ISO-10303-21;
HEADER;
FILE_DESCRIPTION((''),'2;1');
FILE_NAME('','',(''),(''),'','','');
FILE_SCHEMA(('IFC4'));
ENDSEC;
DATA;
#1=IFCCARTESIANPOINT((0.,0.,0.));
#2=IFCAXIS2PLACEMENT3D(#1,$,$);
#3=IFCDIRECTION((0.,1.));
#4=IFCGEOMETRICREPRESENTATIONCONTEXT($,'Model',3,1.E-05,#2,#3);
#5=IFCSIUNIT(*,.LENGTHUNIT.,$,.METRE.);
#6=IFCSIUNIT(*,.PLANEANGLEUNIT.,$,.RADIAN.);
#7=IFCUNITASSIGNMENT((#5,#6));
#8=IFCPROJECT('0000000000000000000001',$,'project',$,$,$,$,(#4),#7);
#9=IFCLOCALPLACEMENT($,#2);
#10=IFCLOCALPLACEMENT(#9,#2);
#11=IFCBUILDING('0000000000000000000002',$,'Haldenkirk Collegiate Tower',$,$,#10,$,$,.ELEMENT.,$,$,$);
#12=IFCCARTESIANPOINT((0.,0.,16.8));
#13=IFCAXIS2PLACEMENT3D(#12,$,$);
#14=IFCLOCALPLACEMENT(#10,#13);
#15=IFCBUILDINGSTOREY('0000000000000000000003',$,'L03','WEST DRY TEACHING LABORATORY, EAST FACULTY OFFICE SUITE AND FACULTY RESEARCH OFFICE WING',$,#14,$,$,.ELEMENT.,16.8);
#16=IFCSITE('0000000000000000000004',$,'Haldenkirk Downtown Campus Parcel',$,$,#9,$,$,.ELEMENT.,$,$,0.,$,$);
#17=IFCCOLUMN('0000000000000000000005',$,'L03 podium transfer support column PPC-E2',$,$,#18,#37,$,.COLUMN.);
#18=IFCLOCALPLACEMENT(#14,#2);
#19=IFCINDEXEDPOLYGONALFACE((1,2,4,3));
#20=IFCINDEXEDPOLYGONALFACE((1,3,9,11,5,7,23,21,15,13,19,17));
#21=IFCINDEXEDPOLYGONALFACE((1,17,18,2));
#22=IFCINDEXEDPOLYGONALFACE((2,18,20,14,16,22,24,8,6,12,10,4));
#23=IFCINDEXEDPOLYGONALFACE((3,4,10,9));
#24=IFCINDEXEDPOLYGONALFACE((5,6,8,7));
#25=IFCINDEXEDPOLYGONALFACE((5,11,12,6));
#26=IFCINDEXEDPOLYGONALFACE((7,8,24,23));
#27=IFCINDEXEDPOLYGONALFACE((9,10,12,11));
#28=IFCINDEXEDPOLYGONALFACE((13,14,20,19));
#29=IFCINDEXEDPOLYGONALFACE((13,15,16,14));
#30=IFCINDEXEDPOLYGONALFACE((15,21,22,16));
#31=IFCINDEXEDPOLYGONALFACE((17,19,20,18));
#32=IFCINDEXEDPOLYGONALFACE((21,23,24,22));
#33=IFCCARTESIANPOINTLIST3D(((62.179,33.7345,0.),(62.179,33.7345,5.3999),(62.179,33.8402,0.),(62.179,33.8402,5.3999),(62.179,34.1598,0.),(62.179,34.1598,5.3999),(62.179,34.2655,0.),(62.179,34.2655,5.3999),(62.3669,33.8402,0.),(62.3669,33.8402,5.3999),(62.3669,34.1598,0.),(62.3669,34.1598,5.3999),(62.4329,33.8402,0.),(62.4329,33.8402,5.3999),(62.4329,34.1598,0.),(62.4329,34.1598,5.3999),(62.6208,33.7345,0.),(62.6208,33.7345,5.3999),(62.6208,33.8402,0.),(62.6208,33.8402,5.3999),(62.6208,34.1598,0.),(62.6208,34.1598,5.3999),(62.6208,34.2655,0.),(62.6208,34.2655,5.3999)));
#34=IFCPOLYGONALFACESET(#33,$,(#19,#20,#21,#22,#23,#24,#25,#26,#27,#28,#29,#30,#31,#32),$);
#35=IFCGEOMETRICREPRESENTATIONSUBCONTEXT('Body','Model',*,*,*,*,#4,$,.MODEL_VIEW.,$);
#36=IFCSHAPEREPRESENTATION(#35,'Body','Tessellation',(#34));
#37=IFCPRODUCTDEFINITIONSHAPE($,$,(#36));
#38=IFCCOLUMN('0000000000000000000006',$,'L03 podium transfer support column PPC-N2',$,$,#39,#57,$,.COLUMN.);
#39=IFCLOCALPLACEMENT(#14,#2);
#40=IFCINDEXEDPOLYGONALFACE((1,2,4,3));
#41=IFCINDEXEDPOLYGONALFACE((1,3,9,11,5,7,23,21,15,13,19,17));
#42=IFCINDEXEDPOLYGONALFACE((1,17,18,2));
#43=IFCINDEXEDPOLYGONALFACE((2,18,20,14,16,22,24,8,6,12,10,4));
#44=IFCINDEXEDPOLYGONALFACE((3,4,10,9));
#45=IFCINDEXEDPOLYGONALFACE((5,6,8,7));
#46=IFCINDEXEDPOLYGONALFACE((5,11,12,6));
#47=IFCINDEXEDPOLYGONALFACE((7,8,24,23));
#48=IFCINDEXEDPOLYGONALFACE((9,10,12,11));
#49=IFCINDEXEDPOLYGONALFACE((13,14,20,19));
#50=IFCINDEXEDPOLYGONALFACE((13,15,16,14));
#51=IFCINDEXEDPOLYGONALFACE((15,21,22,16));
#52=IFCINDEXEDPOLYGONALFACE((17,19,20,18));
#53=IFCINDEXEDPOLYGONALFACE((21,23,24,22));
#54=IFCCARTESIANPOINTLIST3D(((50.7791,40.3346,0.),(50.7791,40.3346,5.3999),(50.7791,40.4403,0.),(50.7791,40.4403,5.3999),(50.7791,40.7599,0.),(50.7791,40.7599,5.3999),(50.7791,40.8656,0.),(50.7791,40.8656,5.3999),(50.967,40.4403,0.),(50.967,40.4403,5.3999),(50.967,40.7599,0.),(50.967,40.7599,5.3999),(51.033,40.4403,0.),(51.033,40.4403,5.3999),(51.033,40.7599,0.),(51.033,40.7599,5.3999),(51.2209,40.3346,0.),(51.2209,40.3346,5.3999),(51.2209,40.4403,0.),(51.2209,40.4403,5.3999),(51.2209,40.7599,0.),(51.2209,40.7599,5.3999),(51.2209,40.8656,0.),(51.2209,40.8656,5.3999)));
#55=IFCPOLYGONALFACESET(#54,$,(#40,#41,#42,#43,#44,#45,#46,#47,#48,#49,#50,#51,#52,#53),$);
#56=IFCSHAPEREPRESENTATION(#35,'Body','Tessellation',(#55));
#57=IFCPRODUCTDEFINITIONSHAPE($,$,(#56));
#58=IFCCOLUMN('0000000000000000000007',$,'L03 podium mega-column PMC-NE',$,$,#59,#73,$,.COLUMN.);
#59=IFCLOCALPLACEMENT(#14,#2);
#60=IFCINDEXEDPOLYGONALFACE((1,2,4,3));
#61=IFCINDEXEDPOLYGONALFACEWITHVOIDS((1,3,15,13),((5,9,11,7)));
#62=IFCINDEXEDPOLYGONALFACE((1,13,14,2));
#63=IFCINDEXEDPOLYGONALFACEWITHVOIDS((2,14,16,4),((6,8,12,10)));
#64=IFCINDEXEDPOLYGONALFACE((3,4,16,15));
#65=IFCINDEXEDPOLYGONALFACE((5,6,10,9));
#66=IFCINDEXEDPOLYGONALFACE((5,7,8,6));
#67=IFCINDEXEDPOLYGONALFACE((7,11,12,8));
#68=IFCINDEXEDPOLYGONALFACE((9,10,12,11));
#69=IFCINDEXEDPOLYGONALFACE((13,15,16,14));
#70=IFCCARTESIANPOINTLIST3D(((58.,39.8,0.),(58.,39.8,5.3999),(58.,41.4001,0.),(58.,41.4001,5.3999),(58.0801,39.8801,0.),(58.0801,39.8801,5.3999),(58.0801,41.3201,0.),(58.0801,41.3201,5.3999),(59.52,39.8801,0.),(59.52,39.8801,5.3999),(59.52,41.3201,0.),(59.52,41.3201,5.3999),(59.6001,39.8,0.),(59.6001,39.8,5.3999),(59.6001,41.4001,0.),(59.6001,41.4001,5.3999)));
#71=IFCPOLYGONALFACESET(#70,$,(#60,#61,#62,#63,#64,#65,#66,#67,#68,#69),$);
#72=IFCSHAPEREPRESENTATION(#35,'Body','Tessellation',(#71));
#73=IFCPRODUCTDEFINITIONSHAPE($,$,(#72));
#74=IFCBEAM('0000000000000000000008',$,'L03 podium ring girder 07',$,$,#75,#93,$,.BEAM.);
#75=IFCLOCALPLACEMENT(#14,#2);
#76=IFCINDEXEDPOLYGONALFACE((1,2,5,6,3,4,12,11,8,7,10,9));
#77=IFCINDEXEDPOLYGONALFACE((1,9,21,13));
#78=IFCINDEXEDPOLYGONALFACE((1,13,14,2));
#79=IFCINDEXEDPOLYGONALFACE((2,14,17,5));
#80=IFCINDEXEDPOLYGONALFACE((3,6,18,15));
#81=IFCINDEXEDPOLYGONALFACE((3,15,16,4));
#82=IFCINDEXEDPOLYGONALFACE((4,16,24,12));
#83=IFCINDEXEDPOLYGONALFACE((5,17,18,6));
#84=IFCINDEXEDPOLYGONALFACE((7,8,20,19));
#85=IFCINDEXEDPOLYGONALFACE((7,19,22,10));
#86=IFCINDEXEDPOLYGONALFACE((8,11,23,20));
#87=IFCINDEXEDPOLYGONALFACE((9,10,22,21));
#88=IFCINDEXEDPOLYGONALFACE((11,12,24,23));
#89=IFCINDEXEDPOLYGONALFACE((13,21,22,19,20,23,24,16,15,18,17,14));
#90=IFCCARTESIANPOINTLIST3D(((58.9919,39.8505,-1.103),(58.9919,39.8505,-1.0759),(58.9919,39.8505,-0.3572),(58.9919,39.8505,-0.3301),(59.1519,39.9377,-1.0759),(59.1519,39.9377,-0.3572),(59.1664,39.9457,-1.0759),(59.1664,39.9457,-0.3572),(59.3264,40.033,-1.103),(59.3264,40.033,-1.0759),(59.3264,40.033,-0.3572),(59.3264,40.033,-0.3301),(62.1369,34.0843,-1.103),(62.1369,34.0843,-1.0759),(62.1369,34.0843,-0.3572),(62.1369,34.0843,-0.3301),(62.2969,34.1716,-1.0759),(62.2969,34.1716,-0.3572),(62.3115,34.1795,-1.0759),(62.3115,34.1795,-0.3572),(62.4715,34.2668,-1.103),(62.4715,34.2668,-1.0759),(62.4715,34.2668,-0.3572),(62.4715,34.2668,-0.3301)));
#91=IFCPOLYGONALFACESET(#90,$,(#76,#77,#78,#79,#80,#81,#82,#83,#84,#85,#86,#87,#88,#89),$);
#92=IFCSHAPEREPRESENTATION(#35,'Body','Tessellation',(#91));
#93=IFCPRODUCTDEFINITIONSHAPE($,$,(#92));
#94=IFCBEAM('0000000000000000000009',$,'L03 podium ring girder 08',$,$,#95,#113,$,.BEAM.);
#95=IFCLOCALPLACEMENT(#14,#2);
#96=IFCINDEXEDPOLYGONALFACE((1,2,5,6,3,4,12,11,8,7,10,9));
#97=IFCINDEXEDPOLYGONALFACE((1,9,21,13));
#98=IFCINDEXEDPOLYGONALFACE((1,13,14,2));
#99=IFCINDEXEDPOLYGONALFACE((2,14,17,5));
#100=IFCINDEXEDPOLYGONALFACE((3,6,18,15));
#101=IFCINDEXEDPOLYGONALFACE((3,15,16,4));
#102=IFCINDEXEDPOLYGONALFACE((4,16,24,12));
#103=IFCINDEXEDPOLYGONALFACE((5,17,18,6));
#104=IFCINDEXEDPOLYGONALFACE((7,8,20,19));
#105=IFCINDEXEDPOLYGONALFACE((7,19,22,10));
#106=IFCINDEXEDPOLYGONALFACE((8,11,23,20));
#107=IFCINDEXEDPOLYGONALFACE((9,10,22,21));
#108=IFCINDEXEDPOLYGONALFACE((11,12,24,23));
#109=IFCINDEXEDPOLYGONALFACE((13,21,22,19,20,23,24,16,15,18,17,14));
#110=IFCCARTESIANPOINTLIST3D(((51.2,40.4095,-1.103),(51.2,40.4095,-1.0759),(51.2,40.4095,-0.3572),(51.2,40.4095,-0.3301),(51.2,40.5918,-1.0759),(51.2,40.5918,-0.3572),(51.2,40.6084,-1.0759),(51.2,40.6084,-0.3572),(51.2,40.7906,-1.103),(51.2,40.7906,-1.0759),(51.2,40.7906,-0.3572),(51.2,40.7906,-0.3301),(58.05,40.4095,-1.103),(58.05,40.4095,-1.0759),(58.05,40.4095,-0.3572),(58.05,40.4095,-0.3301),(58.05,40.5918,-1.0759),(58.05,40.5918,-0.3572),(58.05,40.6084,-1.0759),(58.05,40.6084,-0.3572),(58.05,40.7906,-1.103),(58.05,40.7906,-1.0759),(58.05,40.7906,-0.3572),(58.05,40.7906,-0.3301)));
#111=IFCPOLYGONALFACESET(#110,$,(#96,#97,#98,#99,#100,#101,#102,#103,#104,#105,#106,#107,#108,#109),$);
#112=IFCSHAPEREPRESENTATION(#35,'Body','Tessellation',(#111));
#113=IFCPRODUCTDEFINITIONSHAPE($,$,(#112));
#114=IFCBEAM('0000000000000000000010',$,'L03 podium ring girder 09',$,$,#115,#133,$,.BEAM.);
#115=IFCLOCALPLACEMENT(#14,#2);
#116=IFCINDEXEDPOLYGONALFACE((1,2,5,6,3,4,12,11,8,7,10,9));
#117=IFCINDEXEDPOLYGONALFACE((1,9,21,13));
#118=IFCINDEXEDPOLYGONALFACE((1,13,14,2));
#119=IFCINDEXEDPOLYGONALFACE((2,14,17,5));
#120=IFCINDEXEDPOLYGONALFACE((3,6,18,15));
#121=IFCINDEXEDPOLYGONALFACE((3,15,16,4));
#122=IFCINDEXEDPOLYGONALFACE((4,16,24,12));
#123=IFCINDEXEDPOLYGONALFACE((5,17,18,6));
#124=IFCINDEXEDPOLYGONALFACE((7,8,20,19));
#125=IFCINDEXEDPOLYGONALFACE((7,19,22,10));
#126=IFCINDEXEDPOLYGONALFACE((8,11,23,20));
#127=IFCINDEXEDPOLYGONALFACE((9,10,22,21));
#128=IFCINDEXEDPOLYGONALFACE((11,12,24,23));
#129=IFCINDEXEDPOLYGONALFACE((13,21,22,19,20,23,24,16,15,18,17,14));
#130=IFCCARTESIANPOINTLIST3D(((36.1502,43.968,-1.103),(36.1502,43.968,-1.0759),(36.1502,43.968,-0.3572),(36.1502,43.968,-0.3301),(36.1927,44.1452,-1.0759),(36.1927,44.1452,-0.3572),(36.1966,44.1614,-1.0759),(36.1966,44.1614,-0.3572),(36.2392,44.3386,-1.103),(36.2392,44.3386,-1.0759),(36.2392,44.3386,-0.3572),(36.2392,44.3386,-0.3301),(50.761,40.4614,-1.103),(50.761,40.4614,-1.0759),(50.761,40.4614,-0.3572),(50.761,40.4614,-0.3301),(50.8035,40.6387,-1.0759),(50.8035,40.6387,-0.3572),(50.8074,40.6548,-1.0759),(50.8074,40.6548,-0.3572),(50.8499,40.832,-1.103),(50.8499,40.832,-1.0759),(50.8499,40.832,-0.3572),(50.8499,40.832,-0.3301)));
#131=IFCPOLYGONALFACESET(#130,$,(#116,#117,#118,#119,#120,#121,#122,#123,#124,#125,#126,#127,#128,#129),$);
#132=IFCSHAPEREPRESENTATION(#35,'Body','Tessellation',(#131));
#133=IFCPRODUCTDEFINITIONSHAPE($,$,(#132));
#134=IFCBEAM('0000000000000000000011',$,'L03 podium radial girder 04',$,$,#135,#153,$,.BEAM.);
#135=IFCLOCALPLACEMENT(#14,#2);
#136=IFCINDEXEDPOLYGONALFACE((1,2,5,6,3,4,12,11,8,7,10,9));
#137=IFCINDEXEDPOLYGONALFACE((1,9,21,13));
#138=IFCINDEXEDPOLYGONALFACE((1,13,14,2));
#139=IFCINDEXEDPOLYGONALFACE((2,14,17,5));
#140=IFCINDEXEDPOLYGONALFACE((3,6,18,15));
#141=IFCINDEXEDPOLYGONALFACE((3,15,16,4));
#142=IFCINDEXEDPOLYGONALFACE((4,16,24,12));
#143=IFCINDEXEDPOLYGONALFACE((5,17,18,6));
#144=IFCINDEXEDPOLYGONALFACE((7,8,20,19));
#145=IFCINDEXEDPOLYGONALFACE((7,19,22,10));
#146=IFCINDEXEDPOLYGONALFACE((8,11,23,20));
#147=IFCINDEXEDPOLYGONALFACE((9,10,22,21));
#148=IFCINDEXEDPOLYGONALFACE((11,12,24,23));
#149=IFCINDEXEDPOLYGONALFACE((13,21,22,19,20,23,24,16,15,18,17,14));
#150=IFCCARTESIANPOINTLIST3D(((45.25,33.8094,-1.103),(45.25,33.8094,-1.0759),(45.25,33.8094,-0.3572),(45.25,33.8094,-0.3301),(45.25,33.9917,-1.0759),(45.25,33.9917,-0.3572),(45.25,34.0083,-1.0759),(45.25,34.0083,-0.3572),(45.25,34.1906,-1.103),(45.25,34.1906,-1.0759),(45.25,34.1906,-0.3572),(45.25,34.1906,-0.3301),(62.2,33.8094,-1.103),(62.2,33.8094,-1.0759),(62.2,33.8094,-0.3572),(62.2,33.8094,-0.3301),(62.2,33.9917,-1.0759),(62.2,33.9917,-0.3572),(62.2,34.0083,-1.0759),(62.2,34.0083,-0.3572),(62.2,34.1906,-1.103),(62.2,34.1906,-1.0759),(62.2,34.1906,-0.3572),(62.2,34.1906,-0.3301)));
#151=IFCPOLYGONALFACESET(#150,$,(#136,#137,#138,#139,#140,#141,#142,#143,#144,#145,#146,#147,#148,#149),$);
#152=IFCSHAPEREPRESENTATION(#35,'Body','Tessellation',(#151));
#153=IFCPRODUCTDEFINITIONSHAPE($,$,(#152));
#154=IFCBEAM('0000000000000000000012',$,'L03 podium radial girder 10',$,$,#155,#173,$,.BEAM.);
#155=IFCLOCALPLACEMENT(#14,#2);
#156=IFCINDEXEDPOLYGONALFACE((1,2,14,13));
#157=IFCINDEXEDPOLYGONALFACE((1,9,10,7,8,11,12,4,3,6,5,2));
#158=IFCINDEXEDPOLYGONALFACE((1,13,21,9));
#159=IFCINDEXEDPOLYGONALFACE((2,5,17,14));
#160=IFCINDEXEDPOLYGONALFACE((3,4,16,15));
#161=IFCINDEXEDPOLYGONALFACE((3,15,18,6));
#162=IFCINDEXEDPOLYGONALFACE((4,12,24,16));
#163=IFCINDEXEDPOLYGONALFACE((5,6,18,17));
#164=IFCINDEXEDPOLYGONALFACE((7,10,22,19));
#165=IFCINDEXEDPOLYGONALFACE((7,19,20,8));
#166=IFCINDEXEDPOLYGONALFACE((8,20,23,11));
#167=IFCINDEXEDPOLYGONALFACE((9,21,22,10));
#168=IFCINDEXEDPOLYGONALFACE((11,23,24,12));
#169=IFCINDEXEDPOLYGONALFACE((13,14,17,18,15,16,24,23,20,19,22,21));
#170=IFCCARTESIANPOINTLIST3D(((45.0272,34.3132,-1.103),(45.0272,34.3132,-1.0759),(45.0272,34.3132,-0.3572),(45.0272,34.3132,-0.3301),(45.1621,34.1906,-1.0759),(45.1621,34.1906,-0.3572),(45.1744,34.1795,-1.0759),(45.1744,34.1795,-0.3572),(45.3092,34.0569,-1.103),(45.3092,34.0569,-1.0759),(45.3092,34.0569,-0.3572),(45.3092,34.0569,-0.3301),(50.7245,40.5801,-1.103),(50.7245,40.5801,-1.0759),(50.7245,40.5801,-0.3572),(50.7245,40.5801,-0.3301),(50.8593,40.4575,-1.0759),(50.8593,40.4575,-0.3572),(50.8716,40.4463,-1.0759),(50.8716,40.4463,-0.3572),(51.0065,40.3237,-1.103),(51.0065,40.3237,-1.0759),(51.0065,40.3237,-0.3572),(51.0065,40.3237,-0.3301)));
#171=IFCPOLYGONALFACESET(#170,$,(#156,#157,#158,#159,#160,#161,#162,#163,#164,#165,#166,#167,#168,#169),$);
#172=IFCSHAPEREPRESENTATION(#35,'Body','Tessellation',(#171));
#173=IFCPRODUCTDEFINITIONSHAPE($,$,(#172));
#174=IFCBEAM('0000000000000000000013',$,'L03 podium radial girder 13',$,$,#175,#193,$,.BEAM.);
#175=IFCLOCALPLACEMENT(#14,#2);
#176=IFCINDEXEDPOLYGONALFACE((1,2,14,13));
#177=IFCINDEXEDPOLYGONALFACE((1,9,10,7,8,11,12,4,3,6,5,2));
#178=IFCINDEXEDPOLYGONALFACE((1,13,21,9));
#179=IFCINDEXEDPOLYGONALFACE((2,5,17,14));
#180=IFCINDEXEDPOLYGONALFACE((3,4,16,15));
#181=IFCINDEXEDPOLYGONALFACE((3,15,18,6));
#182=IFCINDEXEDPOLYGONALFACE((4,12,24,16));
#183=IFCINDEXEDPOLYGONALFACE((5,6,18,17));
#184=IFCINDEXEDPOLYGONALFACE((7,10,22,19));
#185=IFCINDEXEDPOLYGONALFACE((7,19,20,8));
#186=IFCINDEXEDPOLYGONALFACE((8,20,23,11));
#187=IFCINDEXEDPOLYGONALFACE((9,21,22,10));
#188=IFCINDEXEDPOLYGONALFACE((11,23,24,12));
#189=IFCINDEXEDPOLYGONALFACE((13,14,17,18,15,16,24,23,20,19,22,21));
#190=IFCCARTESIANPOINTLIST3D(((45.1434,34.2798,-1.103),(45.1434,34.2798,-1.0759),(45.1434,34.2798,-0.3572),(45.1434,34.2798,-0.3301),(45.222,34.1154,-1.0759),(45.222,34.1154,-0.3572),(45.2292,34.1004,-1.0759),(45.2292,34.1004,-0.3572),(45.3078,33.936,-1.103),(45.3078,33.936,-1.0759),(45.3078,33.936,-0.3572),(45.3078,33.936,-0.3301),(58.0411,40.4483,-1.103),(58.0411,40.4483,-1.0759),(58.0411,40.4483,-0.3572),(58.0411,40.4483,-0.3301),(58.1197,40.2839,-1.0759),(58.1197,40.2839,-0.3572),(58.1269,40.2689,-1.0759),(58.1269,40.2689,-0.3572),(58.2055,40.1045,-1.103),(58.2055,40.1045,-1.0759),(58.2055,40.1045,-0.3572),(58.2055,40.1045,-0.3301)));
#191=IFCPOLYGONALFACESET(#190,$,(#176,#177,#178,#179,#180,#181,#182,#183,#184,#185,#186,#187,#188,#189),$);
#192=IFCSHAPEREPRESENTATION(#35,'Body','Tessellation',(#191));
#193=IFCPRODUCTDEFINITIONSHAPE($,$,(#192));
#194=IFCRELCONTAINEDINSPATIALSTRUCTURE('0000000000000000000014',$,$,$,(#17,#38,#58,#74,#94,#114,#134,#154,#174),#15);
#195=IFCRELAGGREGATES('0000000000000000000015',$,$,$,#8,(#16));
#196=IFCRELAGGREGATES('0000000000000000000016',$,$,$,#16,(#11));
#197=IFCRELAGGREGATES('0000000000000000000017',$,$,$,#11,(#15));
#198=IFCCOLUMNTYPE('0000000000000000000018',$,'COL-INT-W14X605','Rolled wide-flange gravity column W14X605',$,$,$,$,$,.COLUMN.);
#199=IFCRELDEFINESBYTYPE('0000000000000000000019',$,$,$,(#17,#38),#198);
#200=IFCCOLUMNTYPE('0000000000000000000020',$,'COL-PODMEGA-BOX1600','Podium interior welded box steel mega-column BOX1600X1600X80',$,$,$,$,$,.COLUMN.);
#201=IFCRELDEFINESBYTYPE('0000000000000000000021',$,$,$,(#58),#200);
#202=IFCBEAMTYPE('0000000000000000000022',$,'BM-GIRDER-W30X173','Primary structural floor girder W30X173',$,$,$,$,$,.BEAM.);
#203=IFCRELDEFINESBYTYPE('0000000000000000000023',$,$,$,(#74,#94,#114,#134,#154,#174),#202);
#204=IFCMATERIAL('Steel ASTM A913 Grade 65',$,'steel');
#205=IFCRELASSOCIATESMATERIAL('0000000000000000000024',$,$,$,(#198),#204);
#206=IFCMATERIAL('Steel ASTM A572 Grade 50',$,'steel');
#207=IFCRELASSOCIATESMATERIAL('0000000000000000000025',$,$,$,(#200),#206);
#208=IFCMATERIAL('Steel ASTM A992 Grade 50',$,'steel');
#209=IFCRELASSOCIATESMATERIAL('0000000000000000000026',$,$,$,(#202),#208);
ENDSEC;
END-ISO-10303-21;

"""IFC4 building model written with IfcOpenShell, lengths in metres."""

from ifc_helpers import new_model, si_unit, direction, frame, origin, origin_2d, place, context, subcontext, project, spatial, hollow_rectangle, i_section, extrude, material, material_profile, profile_set, type_object, element, save


model = new_model("IFC4")

# Units and contexts
model_context = context("Model", 3, precision=1e-05, world=origin(), true_north=direction((0.0, 1.0)))
body_context = subcontext(model_context, "Body", "Model", "MODEL_VIEW")
ifc_project = project(units=[si_unit("LENGTHUNIT", "METRE"), si_unit("PLANEANGLEUNIT", "RADIAN")], contexts=[model_context])

# Site, building, storey
site_placement = place(None, origin())
site = spatial("IfcSite", under=ifc_project, at=site_placement, Name="Haldenkirk Downtown Campus Parcel", CompositionType="ELEMENT", RefElevation=0.0)
building_placement = place(site_placement, origin())
building = spatial("IfcBuilding", under=site, at=building_placement, Name="Haldenkirk Collegiate Tower", CompositionType="ELEMENT")
storey_placement = place(building_placement, frame((0.0, 0.0, 16.8)))
storey = spatial("IfcBuildingStorey", under=building, at=storey_placement, Name="L03", Description="WEST DRY TEACHING LABORATORY, EAST FACULTY OFFICE SUITE AND FACULTY RESEARCH OFFICE WING", CompositionType="ELEMENT", Elevation=16.8)

# Columns
ifc_material_1 = material(Name="Steel ASTM A913 Grade 65", Category="steel")
ifc_material_profile_1 = material_profile(ifc_material_1, i_section(OverallWidth=0.4419, OverallDepth=0.531, WebThickness=0.0659, FlangeThickness=0.1057, at=origin_2d()), Name="W14X605")
ifc_profile_set_1 = profile_set([ifc_material_profile_1], Name="Steel ASTM A913 Grade 65")
column_type_1 = type_object("IfcColumnType", Name="COL-INT-W14X605", Description="Rolled wide-flange gravity column W14X605", PredefinedType="COLUMN", material=ifc_profile_set_1)
for number, where, z_axis, x_axis, name in (
    (1, (62.3999, 34.0, 0.0), (0.0, 0.0, 1.0), (1.0, 0.0, 0.0), "L03 podium transfer support column PPC-E2"),
    (2, (51.0, 40.6001, 0.0), (0.0, 0.0, 1.0), (1.0, 0.0, 0.0), "L03 podium transfer support column PPC-N2"),
):
    element("IfcColumn", number, at=place(storey_placement, frame(where, z_axis=z_axis, x_axis=x_axis)), inside=storey, type_object=column_type_1, Name=name, PredefinedType="COLUMN", context=body_context, shape_type="SweptSolid", body=[
        extrude(i_section(OverallWidth=0.4419, OverallDepth=0.531, WebThickness=0.0659, FlangeThickness=0.1057, at=origin_2d()), origin(), (0.0, 0.0, 1.0), 5.3999),
    ])
ifc_material_2 = material(Name="Steel ASTM A572 Grade 50", Category="steel")
ifc_material_profile_2 = material_profile(ifc_material_2, hollow_rectangle(XDim=1.6001, YDim=1.6001, WallThickness=0.0801, at=origin_2d()), Name="BOX1600X1600X80")
ifc_profile_set_2 = profile_set([ifc_material_profile_2], Name="Steel ASTM A572 Grade 50")
column_type_2 = type_object("IfcColumnType", Name="COL-PODMEGA-BOX1600", Description="Podium interior welded box steel mega-column BOX1600X1600X80", PredefinedType="COLUMN", material=ifc_profile_set_2)
column_placement = place(storey_placement, frame((58.8, 40.6001, 0.0), z_axis=(0.0, 0.0, 1.0), x_axis=(1.0, 0.0, 0.0)))
element("IfcColumn", 3, at=column_placement, inside=storey, type_object=column_type_2, Name="L03 podium mega-column PMC-NE", PredefinedType="COLUMN", context=body_context, shape_type="SweptSolid", body=[
    extrude(hollow_rectangle(XDim=1.6001, YDim=1.6001, WallThickness=0.0801, at=origin_2d()), origin(), (0.0, 0.0, 1.0), 5.3999),
])

# Beams
ifc_material_3 = material(Name="Steel ASTM A992 Grade 50", Category="steel")
ifc_material_profile_3 = material_profile(ifc_material_3, i_section(OverallWidth=0.3811, OverallDepth=0.7729, WebThickness=0.0166, FlangeThickness=0.0271, at=origin_2d()), Name="W30X173")
ifc_profile_set_3 = profile_set([ifc_material_profile_3], Name="Steel ASTM A992 Grade 50")
beam_type_1 = type_object("IfcBeamType", Name="BM-GIRDER-W30X173", Description="Primary structural floor girder W30X173", PredefinedType="BEAM", material=ifc_profile_set_3)
beam_1_placement = place(storey_placement, frame((62.3042, 34.1755, -0.7166), z_axis=(-0.478837, 0.877904, 0.0), x_axis=(-0.877904, -0.478837, 0.0)))
element("IfcBeam", 4, at=beam_1_placement, inside=storey, type_object=beam_type_1, Name="L03 podium ring girder 07", PredefinedType="BEAM", context=body_context, shape_type="SweptSolid", body=[
    extrude(i_section(OverallWidth=0.3811, OverallDepth=0.7729, WebThickness=0.0166, FlangeThickness=0.0271, at=origin_2d()), origin(), (0.0, 0.0, 1.0), 6.5681),
])
beam_2_placement = place(storey_placement, frame((58.05, 40.6001, -0.7166), z_axis=(-1.0, 0.0, 0.0), x_axis=(0.0, -1.0, 0.0)))
element("IfcBeam", 5, at=beam_2_placement, inside=storey, type_object=beam_type_1, Name="L03 podium ring girder 08", PredefinedType="BEAM", context=body_context, shape_type="SweptSolid", body=[
    extrude(i_section(OverallWidth=0.3811, OverallDepth=0.7729, WebThickness=0.0166, FlangeThickness=0.0271, at=origin_2d()), origin(), (0.0, 0.0, 1.0), 6.8501),
])
beam_3_placement = place(storey_placement, frame((50.8054, 40.6467, -0.7166), z_axis=(-0.972387, 0.233372, 0.0), x_axis=(-0.233372, -0.972387, 0.0)))
element("IfcBeam", 6, at=beam_3_placement, inside=storey, type_object=beam_type_1, Name="L03 podium ring girder 09", PredefinedType="BEAM", context=body_context, shape_type="SweptSolid", body=[
    extrude(i_section(OverallWidth=0.3811, OverallDepth=0.7729, WebThickness=0.0166, FlangeThickness=0.0271, at=origin_2d()), origin(), (0.0, 0.0, 1.0), 15.0256),
])
beam_4_placement = place(storey_placement, frame((62.2, 34.0, -0.7166), z_axis=(-1.0, 0.0, 0.0), x_axis=(0.0, -1.0, 0.0)))
element("IfcBeam", 7, at=beam_4_placement, inside=storey, type_object=beam_type_1, Name="L03 podium radial girder 04", PredefinedType="BEAM", context=body_context, shape_type="SweptSolid", body=[
    extrude(i_section(OverallWidth=0.3811, OverallDepth=0.7729, WebThickness=0.0166, FlangeThickness=0.0271, at=origin_2d()), origin(), (0.0, 0.0, 1.0), 16.95),
])
beam_5_placement = place(storey_placement, frame((50.8655, 40.4519, -0.7166), z_axis=(-0.672681, -0.739932, 0.0), x_axis=(0.739932, -0.672681, 0.0)))
element("IfcBeam", 8, at=beam_5_placement, inside=storey, type_object=beam_type_1, Name="L03 podium radial girder 10", PredefinedType="BEAM", context=body_context, shape_type="SweptSolid", body=[
    extrude(i_section(OverallWidth=0.3811, OverallDepth=0.7729, WebThickness=0.0166, FlangeThickness=0.0271, at=origin_2d()), origin(), (0.0, 0.0, 1.0), 8.4695),
])
beam_6_placement = place(storey_placement, frame((58.1233, 40.2764, -0.7166), z_axis=(-0.902135, -0.431455, 0.0), x_axis=(0.431455, -0.902135, 0.0)))
element("IfcBeam", 9, at=beam_6_placement, inside=storey, type_object=beam_type_1, Name="L03 podium radial girder 13", PredefinedType="BEAM", context=body_context, shape_type="SweptSolid", body=[
    extrude(i_section(OverallWidth=0.3811, OverallDepth=0.7729, WebThickness=0.0166, FlangeThickness=0.0271, at=origin_2d()), origin(), (0.0, 0.0, 1.0), 14.2969),
])

save(model, "model.ifc")
